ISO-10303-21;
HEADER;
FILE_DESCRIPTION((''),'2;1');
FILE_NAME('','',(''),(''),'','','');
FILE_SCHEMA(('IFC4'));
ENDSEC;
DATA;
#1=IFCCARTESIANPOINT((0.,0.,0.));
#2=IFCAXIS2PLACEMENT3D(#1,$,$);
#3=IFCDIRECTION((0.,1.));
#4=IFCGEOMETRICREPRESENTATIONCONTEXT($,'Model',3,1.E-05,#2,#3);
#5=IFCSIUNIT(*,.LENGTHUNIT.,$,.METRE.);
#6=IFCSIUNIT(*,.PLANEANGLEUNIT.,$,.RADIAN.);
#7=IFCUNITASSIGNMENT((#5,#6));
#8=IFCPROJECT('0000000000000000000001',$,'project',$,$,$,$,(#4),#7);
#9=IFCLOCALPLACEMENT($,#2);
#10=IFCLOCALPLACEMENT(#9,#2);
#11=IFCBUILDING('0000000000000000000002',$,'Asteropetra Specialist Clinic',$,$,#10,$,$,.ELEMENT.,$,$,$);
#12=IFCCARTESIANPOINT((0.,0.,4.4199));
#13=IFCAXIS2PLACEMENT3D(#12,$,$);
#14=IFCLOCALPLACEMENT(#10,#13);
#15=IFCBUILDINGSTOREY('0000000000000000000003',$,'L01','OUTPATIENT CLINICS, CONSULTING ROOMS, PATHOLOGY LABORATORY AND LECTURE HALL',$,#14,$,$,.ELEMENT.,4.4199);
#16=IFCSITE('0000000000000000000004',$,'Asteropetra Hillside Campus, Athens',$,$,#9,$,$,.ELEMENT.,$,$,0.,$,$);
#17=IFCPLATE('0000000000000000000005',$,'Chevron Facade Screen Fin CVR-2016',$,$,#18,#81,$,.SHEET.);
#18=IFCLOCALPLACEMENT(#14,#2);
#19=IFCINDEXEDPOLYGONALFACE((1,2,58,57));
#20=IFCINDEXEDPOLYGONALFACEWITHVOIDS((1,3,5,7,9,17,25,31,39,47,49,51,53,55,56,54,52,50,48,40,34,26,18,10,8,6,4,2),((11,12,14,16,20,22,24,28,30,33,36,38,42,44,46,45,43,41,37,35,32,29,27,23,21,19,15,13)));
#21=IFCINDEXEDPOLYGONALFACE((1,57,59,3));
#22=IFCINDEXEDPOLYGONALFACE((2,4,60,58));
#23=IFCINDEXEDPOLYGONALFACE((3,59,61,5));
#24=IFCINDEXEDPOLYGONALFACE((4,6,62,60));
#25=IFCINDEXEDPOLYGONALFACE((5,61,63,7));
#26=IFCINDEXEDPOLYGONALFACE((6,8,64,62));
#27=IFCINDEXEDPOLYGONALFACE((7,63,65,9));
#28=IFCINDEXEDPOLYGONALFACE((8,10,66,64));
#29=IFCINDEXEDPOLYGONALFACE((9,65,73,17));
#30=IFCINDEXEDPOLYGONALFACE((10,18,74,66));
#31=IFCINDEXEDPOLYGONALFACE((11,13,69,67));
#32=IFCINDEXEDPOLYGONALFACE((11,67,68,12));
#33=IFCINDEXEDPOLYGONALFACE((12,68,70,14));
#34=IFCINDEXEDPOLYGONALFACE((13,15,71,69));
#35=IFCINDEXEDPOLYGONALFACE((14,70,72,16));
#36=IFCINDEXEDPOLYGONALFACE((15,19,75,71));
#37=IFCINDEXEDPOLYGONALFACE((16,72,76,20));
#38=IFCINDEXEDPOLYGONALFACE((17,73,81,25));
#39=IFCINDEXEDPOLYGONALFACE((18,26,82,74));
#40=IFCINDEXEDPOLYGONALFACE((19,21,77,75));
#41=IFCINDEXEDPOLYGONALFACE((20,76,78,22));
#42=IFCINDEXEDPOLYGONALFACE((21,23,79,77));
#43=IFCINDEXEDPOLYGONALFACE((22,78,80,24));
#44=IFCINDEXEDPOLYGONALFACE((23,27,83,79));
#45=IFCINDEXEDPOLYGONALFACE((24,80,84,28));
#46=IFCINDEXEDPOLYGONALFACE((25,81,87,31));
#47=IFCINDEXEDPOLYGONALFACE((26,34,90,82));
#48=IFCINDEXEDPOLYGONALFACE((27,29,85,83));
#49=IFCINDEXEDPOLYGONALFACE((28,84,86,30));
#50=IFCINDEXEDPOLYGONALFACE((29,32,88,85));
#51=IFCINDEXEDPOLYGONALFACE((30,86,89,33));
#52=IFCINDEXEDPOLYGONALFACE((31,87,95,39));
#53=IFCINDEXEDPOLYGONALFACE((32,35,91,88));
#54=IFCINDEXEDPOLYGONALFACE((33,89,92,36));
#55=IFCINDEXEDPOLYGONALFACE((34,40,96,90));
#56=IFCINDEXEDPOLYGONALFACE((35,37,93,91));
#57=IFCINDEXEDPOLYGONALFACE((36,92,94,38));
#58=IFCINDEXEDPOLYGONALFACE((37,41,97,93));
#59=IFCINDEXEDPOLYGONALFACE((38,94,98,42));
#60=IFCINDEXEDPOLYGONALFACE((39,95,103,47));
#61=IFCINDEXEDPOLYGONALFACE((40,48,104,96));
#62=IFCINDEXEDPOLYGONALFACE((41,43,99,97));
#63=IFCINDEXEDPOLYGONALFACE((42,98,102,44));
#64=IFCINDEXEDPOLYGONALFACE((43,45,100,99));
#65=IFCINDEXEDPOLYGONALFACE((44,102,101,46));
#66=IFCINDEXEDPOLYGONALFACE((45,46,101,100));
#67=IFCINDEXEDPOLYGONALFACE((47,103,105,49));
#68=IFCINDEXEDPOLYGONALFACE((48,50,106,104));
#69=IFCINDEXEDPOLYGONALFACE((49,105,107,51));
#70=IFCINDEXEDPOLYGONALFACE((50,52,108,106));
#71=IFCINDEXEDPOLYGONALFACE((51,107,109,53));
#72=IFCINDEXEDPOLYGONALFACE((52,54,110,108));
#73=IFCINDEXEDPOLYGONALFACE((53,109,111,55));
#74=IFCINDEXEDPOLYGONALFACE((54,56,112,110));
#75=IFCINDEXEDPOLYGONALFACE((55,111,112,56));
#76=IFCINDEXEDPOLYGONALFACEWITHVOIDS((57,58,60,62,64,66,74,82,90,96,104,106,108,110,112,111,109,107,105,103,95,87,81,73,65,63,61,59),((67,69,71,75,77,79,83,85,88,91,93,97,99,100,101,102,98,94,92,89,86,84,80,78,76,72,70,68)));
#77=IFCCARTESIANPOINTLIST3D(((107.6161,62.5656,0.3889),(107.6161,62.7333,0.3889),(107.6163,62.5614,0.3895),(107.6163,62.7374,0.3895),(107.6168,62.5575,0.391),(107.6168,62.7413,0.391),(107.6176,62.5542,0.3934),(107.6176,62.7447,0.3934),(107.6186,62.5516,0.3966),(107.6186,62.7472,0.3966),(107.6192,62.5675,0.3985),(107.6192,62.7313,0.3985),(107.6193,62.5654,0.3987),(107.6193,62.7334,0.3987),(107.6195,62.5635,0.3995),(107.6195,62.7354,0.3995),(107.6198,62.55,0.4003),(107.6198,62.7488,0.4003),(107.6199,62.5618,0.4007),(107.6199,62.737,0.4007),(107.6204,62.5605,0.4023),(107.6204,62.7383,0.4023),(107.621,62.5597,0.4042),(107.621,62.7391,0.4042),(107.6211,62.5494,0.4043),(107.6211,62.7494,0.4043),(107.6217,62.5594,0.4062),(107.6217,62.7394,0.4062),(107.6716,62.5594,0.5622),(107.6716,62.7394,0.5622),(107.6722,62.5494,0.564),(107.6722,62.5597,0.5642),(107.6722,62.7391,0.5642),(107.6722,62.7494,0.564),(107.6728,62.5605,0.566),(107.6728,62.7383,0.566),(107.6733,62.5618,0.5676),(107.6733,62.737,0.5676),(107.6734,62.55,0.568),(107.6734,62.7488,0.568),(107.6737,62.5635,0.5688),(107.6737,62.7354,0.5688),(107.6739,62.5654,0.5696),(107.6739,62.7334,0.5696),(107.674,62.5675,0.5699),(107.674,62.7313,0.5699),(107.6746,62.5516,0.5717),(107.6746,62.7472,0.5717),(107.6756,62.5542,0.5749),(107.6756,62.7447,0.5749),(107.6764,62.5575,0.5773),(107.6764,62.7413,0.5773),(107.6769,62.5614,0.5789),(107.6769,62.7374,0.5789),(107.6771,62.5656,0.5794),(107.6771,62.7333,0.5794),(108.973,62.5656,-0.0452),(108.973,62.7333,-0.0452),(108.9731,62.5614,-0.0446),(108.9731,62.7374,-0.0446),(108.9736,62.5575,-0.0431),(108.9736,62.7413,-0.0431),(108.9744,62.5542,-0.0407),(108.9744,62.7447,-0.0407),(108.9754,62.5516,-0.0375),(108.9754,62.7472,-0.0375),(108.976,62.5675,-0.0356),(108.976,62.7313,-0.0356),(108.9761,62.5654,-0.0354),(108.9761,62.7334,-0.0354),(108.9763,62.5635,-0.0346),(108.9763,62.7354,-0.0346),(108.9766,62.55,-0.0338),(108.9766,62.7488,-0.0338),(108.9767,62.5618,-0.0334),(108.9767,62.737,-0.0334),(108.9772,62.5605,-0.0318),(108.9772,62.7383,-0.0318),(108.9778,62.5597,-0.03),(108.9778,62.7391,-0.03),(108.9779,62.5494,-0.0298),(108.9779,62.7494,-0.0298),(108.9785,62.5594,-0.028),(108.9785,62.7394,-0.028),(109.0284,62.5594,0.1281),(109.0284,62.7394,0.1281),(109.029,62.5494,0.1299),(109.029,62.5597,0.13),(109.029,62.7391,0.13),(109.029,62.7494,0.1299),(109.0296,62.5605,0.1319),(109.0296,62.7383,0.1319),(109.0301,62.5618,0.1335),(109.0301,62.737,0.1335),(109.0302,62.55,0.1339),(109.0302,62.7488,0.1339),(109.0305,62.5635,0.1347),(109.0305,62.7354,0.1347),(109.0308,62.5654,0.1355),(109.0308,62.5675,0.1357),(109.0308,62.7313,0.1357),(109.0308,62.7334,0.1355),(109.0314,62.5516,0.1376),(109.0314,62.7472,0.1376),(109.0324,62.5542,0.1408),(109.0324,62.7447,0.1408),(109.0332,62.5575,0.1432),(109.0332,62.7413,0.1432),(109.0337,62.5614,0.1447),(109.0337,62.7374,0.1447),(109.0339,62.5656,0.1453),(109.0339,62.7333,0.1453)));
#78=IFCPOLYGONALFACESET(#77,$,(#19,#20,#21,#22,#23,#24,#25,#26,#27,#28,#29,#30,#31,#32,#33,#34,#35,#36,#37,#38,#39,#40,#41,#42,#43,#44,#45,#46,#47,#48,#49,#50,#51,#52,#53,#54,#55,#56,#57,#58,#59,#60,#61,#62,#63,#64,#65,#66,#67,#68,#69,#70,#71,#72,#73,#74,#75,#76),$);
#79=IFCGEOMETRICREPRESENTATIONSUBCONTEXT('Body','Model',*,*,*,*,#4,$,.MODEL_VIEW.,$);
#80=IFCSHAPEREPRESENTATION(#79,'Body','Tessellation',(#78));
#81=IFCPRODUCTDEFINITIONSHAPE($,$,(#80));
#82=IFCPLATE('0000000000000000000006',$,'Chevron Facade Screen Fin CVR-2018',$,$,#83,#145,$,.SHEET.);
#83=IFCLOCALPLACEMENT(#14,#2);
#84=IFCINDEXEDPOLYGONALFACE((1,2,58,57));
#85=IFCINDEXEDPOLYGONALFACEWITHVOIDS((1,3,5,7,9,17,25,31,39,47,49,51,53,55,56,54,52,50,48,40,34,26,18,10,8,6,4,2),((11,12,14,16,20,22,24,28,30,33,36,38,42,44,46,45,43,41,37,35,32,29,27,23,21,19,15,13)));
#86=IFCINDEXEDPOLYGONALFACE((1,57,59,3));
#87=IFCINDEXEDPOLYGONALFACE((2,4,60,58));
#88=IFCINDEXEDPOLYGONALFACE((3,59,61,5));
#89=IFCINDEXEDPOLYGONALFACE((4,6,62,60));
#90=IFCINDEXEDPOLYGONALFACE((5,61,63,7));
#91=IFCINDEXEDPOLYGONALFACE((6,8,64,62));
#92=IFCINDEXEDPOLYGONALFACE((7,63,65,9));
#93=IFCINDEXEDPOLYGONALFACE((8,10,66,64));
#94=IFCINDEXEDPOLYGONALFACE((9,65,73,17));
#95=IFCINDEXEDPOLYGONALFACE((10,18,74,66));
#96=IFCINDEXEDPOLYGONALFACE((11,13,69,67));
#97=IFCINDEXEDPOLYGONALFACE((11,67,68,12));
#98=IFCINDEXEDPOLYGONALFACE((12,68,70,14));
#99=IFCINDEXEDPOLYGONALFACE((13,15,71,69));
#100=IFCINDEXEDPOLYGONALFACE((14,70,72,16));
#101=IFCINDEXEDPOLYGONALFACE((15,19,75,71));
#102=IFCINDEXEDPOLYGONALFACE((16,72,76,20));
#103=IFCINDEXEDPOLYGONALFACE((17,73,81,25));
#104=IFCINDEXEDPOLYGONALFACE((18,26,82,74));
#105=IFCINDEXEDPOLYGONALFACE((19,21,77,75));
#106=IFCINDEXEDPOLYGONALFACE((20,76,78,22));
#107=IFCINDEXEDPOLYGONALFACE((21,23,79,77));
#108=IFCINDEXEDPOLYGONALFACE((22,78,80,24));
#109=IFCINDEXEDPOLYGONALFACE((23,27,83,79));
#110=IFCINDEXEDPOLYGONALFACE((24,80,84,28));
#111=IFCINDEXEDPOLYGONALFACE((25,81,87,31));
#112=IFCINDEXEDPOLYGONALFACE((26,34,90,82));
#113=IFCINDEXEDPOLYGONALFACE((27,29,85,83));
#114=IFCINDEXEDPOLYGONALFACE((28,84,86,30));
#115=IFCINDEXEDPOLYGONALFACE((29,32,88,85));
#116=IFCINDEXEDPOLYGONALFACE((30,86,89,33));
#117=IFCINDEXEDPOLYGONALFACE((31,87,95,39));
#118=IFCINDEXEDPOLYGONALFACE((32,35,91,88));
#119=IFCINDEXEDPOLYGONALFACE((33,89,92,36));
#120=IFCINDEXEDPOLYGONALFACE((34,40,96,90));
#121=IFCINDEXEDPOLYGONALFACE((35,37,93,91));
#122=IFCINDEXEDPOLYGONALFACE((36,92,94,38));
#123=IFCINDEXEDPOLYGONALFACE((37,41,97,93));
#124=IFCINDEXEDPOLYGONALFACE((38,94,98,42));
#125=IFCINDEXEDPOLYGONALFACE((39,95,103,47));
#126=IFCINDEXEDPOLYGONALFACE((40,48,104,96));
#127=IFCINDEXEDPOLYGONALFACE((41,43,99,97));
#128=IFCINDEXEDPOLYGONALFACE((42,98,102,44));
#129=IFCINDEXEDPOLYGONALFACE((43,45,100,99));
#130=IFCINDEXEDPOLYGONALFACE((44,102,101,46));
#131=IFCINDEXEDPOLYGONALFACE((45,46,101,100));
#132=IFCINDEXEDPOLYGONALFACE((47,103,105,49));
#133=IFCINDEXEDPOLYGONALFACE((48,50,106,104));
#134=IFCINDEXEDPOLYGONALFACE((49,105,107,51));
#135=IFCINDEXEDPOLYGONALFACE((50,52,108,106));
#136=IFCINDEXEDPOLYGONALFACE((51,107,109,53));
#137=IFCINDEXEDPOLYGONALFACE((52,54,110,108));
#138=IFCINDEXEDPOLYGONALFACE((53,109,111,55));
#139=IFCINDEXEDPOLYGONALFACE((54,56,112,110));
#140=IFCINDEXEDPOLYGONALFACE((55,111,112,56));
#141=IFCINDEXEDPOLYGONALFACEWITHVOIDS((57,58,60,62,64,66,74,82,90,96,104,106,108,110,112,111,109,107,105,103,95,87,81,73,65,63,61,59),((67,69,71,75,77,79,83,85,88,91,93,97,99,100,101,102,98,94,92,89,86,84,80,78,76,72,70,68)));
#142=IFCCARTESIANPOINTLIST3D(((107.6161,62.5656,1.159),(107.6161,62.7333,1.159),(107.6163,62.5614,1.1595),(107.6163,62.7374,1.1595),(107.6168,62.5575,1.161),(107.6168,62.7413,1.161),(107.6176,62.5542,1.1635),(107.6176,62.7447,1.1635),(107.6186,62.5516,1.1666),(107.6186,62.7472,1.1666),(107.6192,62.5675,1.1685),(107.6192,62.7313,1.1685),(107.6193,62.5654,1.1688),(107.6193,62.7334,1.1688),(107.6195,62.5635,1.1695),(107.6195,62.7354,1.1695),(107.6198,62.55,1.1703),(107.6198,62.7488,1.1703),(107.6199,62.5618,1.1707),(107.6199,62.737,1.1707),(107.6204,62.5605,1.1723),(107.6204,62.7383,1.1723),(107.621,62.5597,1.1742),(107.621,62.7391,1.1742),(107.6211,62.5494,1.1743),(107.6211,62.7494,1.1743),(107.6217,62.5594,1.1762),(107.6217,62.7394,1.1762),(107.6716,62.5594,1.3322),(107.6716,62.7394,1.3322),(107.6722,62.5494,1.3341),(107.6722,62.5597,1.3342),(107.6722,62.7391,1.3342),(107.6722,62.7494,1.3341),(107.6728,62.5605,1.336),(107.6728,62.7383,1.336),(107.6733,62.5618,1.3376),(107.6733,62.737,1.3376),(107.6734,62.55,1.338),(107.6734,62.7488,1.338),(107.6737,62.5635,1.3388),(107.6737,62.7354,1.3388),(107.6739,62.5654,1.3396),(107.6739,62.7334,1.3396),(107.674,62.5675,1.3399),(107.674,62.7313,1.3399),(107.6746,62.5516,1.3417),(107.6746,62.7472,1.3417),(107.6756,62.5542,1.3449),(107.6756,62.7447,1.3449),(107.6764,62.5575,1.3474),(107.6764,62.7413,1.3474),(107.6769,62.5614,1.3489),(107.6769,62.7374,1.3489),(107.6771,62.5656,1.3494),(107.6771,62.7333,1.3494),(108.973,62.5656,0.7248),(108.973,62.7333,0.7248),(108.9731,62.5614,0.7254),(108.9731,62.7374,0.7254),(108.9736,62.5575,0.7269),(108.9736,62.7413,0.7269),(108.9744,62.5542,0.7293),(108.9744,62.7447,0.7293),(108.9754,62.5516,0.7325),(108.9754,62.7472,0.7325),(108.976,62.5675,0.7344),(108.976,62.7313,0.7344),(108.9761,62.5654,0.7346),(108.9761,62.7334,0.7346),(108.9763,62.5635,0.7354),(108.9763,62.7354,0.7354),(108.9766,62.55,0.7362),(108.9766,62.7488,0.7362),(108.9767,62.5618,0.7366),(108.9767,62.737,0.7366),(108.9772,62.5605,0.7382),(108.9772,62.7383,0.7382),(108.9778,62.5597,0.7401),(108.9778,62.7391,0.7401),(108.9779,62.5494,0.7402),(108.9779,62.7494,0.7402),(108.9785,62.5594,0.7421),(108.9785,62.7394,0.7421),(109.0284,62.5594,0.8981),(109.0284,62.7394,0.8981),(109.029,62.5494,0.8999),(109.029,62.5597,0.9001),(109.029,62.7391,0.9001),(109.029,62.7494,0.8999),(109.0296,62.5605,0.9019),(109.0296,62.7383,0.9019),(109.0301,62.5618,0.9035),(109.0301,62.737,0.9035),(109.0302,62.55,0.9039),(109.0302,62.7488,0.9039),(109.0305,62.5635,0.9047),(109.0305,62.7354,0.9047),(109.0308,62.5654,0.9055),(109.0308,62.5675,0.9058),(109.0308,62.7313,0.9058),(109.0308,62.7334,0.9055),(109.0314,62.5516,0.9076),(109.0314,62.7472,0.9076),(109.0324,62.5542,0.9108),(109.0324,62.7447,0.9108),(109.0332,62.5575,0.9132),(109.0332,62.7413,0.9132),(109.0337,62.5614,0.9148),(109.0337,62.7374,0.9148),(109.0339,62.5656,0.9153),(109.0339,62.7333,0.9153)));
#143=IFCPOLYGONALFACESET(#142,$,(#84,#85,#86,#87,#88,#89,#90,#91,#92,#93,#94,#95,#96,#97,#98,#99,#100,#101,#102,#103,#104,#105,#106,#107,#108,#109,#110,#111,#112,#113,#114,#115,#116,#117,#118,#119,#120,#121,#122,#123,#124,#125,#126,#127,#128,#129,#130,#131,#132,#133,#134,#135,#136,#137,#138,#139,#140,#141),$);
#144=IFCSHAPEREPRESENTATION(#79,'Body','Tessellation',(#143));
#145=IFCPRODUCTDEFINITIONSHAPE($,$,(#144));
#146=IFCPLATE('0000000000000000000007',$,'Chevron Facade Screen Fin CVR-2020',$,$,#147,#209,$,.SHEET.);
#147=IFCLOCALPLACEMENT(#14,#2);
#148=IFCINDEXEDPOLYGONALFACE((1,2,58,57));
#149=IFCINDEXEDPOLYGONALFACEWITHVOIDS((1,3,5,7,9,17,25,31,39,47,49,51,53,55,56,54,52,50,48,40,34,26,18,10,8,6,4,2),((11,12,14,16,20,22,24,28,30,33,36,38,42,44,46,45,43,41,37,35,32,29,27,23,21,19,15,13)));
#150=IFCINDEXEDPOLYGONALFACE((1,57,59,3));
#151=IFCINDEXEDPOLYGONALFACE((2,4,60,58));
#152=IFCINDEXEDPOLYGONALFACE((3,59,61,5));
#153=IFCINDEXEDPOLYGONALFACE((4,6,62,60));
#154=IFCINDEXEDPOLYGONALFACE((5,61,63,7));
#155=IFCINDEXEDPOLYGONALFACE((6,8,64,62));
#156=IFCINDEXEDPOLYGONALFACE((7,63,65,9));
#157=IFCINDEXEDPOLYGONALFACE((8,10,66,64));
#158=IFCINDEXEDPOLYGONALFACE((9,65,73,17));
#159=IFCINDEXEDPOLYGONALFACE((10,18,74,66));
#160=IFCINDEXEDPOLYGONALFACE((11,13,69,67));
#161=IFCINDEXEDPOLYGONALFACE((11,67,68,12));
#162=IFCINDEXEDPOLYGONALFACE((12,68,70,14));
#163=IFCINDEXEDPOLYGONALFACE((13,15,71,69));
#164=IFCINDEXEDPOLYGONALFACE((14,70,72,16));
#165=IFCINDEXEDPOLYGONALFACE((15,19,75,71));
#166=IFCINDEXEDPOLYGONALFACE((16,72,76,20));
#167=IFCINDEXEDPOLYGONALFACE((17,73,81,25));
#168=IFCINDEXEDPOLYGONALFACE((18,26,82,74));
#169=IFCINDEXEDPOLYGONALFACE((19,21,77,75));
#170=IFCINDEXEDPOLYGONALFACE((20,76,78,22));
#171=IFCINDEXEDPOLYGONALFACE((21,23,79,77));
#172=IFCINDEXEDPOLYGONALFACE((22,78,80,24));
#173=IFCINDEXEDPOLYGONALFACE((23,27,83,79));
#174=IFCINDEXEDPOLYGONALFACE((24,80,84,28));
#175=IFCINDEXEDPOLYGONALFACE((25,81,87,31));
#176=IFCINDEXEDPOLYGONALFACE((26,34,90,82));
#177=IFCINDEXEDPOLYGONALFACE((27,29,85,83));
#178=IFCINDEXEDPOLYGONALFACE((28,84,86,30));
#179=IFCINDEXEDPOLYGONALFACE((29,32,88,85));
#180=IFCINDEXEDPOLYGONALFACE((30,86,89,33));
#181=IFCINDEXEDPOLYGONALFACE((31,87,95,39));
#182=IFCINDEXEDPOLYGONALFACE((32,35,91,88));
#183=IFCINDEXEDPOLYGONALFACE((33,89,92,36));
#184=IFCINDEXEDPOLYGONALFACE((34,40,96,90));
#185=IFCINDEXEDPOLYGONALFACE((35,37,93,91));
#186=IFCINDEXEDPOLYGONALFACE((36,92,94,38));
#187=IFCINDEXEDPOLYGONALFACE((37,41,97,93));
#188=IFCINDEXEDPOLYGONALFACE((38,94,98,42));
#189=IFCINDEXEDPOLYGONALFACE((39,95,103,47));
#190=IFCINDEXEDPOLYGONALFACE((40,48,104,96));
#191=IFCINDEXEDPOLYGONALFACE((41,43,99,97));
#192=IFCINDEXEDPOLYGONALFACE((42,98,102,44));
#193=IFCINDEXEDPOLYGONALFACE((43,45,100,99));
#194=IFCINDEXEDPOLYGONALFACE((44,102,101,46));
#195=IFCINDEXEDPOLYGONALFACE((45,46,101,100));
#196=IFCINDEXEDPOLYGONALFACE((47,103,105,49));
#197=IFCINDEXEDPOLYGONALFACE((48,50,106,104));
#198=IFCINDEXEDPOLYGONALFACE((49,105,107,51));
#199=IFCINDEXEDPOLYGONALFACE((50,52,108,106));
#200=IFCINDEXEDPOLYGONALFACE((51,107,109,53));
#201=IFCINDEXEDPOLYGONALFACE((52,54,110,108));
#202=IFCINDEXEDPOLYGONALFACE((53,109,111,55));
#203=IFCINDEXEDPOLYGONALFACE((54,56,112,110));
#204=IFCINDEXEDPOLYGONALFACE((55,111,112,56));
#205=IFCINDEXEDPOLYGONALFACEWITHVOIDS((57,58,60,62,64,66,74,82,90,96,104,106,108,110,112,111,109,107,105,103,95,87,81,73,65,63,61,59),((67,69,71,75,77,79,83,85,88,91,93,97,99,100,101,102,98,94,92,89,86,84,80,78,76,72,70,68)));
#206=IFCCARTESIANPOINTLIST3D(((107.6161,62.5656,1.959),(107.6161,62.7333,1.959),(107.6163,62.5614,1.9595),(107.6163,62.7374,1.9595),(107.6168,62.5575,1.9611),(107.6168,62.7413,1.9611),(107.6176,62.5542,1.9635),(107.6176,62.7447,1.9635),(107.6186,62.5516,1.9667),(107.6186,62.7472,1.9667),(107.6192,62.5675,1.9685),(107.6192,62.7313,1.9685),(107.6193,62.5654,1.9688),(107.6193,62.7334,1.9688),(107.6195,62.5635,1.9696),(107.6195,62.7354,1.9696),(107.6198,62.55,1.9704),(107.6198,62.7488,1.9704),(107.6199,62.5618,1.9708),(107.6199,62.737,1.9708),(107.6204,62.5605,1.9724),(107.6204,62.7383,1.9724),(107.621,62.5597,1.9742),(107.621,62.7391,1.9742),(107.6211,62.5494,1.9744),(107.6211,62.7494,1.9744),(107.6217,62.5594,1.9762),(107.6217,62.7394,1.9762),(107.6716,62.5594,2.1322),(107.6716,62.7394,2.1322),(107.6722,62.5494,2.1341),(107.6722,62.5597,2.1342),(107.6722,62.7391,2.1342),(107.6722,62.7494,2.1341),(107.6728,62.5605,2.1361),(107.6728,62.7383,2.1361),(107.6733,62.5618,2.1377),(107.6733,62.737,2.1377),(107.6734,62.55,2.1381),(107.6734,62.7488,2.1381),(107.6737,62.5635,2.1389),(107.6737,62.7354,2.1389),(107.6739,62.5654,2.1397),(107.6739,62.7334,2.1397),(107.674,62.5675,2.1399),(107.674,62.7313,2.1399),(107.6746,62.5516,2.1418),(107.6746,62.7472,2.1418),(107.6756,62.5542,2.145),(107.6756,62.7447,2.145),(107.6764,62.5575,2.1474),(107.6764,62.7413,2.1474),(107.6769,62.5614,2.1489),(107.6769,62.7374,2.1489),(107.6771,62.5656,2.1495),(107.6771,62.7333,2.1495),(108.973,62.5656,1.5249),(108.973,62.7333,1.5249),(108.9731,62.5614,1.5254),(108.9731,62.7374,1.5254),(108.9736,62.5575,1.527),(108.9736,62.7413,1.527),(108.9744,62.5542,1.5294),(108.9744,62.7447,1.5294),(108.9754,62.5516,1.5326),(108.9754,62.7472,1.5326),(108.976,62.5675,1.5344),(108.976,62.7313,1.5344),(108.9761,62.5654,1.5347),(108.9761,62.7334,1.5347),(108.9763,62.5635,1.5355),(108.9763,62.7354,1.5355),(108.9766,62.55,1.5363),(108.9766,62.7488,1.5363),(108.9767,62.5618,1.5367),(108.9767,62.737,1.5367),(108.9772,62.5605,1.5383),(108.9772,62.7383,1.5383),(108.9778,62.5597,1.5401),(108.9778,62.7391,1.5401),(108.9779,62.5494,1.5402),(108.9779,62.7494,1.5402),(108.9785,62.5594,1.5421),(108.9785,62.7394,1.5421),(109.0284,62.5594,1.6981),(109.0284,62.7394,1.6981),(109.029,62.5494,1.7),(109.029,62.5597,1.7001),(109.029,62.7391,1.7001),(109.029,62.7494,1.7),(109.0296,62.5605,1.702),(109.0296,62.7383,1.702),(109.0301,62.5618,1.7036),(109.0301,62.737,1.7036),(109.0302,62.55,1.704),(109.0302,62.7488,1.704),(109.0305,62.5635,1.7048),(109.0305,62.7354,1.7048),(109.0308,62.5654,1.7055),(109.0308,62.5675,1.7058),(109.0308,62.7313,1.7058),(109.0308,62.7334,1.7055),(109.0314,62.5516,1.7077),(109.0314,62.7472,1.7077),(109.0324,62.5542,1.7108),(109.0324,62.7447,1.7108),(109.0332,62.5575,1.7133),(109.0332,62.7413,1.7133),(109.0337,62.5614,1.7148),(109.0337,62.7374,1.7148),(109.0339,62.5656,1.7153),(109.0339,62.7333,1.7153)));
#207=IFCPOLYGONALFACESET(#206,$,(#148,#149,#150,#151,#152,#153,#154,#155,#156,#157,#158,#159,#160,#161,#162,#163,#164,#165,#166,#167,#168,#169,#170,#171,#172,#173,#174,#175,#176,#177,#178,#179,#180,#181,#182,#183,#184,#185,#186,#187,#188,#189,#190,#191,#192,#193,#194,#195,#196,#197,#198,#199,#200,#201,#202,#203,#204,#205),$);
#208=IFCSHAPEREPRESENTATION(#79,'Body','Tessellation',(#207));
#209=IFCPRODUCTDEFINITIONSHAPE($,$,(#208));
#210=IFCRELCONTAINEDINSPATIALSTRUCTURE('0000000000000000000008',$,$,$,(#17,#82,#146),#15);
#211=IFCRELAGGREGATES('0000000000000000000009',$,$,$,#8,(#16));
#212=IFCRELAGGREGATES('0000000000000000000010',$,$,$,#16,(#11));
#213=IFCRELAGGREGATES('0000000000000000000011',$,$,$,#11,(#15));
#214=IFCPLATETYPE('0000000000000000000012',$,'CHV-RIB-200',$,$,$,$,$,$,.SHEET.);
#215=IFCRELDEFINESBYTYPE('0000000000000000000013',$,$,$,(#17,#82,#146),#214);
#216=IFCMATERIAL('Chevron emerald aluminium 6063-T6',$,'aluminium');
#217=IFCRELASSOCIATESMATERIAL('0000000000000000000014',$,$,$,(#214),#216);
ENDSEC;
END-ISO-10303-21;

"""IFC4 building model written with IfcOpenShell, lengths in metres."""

from ifc_helpers import new_model, si_unit, direction, frame, origin, origin_2d, place, context, subcontext, project, spatial, hollow_rectangle, extrude, material, material_profile, profile_set, type_object, element, save


model = new_model("IFC4")

# Units and contexts
model_context = context("Model", 3, precision=1e-05, world=origin(), true_north=direction((0.0, 1.0)))
body_context = subcontext(model_context, "Body", "Model", "MODEL_VIEW")
ifc_project = project(units=[si_unit("LENGTHUNIT", "METRE"), si_unit("PLANEANGLEUNIT", "RADIAN")], contexts=[model_context])

# Site, building, storey
site_placement = place(None, origin())
site = spatial("IfcSite", under=ifc_project, at=site_placement, Name="Asteropetra Hillside Campus, Athens", CompositionType="ELEMENT", RefElevation=0.0)
building_placement = place(site_placement, origin())
building = spatial("IfcBuilding", under=site, at=building_placement, Name="Asteropetra Specialist Clinic", CompositionType="ELEMENT")
storey_placement = place(building_placement, frame((0.0, 0.0, 4.4199)))
storey = spatial("IfcBuildingStorey", under=building, at=storey_placement, Name="L01", Description="OUTPATIENT CLINICS, CONSULTING ROOMS, PATHOLOGY LABORATORY AND LECTURE HALL", CompositionType="ELEMENT", Elevation=4.4199)

# Plates
ifc_material_1 = material(Name="Chevron emerald aluminium 6063-T6", Category="aluminium")
ifc_material_profile_1 = material_profile(ifc_material_1, hollow_rectangle(XDim=0.2, YDim=0.2, WallThickness=0.01, InnerFilletRadius=0.0081, OuterFilletRadius=0.0161, at=origin_2d()), Name="SHS 200x200x10.0")
ifc_profile_set_1 = profile_set([ifc_material_profile_1], Name="Chevron emerald aluminium 6063-T6")
plate_type_1 = type_object("IfcPlateType", Name="CHV-RIB-200", PredefinedType="SHEET", material=ifc_profile_set_1)
for number, where, z_axis, x_axis, name in (
    (1, (109.0034, 62.6494, 0.05), (-0.952436, 0.0, 0.304738), (0.0, -1.0, 0.0), "Chevron Facade Screen Fin CVR-2016"),
    (2, (109.0034, 62.6494, 0.8201), (-0.952436, 0.0, 0.304738), (0.0, -1.0, 0.0), "Chevron Facade Screen Fin CVR-2018"),
    (3, (109.0034, 62.6494, 1.6201), (-0.952436, 0.0, 0.304738), (0.0, -1.0, 0.0), "Chevron Facade Screen Fin CVR-2020"),
):
    element("IfcPlate", number, at=place(storey_placement, frame(where, z_axis=z_axis, x_axis=x_axis)), inside=storey, type_object=plate_type_1, Name=name, PredefinedType="SHEET", context=body_context, shape_type="SweptSolid", body=[
        extrude(hollow_rectangle(XDim=0.2, YDim=0.2, WallThickness=0.01, InnerFilletRadius=0.0081, OuterFilletRadius=0.0161, at=origin_2d()), origin(), (0.0, 0.0, 1.0), 1.4246),
    ])

save(model, "model.ifc")
